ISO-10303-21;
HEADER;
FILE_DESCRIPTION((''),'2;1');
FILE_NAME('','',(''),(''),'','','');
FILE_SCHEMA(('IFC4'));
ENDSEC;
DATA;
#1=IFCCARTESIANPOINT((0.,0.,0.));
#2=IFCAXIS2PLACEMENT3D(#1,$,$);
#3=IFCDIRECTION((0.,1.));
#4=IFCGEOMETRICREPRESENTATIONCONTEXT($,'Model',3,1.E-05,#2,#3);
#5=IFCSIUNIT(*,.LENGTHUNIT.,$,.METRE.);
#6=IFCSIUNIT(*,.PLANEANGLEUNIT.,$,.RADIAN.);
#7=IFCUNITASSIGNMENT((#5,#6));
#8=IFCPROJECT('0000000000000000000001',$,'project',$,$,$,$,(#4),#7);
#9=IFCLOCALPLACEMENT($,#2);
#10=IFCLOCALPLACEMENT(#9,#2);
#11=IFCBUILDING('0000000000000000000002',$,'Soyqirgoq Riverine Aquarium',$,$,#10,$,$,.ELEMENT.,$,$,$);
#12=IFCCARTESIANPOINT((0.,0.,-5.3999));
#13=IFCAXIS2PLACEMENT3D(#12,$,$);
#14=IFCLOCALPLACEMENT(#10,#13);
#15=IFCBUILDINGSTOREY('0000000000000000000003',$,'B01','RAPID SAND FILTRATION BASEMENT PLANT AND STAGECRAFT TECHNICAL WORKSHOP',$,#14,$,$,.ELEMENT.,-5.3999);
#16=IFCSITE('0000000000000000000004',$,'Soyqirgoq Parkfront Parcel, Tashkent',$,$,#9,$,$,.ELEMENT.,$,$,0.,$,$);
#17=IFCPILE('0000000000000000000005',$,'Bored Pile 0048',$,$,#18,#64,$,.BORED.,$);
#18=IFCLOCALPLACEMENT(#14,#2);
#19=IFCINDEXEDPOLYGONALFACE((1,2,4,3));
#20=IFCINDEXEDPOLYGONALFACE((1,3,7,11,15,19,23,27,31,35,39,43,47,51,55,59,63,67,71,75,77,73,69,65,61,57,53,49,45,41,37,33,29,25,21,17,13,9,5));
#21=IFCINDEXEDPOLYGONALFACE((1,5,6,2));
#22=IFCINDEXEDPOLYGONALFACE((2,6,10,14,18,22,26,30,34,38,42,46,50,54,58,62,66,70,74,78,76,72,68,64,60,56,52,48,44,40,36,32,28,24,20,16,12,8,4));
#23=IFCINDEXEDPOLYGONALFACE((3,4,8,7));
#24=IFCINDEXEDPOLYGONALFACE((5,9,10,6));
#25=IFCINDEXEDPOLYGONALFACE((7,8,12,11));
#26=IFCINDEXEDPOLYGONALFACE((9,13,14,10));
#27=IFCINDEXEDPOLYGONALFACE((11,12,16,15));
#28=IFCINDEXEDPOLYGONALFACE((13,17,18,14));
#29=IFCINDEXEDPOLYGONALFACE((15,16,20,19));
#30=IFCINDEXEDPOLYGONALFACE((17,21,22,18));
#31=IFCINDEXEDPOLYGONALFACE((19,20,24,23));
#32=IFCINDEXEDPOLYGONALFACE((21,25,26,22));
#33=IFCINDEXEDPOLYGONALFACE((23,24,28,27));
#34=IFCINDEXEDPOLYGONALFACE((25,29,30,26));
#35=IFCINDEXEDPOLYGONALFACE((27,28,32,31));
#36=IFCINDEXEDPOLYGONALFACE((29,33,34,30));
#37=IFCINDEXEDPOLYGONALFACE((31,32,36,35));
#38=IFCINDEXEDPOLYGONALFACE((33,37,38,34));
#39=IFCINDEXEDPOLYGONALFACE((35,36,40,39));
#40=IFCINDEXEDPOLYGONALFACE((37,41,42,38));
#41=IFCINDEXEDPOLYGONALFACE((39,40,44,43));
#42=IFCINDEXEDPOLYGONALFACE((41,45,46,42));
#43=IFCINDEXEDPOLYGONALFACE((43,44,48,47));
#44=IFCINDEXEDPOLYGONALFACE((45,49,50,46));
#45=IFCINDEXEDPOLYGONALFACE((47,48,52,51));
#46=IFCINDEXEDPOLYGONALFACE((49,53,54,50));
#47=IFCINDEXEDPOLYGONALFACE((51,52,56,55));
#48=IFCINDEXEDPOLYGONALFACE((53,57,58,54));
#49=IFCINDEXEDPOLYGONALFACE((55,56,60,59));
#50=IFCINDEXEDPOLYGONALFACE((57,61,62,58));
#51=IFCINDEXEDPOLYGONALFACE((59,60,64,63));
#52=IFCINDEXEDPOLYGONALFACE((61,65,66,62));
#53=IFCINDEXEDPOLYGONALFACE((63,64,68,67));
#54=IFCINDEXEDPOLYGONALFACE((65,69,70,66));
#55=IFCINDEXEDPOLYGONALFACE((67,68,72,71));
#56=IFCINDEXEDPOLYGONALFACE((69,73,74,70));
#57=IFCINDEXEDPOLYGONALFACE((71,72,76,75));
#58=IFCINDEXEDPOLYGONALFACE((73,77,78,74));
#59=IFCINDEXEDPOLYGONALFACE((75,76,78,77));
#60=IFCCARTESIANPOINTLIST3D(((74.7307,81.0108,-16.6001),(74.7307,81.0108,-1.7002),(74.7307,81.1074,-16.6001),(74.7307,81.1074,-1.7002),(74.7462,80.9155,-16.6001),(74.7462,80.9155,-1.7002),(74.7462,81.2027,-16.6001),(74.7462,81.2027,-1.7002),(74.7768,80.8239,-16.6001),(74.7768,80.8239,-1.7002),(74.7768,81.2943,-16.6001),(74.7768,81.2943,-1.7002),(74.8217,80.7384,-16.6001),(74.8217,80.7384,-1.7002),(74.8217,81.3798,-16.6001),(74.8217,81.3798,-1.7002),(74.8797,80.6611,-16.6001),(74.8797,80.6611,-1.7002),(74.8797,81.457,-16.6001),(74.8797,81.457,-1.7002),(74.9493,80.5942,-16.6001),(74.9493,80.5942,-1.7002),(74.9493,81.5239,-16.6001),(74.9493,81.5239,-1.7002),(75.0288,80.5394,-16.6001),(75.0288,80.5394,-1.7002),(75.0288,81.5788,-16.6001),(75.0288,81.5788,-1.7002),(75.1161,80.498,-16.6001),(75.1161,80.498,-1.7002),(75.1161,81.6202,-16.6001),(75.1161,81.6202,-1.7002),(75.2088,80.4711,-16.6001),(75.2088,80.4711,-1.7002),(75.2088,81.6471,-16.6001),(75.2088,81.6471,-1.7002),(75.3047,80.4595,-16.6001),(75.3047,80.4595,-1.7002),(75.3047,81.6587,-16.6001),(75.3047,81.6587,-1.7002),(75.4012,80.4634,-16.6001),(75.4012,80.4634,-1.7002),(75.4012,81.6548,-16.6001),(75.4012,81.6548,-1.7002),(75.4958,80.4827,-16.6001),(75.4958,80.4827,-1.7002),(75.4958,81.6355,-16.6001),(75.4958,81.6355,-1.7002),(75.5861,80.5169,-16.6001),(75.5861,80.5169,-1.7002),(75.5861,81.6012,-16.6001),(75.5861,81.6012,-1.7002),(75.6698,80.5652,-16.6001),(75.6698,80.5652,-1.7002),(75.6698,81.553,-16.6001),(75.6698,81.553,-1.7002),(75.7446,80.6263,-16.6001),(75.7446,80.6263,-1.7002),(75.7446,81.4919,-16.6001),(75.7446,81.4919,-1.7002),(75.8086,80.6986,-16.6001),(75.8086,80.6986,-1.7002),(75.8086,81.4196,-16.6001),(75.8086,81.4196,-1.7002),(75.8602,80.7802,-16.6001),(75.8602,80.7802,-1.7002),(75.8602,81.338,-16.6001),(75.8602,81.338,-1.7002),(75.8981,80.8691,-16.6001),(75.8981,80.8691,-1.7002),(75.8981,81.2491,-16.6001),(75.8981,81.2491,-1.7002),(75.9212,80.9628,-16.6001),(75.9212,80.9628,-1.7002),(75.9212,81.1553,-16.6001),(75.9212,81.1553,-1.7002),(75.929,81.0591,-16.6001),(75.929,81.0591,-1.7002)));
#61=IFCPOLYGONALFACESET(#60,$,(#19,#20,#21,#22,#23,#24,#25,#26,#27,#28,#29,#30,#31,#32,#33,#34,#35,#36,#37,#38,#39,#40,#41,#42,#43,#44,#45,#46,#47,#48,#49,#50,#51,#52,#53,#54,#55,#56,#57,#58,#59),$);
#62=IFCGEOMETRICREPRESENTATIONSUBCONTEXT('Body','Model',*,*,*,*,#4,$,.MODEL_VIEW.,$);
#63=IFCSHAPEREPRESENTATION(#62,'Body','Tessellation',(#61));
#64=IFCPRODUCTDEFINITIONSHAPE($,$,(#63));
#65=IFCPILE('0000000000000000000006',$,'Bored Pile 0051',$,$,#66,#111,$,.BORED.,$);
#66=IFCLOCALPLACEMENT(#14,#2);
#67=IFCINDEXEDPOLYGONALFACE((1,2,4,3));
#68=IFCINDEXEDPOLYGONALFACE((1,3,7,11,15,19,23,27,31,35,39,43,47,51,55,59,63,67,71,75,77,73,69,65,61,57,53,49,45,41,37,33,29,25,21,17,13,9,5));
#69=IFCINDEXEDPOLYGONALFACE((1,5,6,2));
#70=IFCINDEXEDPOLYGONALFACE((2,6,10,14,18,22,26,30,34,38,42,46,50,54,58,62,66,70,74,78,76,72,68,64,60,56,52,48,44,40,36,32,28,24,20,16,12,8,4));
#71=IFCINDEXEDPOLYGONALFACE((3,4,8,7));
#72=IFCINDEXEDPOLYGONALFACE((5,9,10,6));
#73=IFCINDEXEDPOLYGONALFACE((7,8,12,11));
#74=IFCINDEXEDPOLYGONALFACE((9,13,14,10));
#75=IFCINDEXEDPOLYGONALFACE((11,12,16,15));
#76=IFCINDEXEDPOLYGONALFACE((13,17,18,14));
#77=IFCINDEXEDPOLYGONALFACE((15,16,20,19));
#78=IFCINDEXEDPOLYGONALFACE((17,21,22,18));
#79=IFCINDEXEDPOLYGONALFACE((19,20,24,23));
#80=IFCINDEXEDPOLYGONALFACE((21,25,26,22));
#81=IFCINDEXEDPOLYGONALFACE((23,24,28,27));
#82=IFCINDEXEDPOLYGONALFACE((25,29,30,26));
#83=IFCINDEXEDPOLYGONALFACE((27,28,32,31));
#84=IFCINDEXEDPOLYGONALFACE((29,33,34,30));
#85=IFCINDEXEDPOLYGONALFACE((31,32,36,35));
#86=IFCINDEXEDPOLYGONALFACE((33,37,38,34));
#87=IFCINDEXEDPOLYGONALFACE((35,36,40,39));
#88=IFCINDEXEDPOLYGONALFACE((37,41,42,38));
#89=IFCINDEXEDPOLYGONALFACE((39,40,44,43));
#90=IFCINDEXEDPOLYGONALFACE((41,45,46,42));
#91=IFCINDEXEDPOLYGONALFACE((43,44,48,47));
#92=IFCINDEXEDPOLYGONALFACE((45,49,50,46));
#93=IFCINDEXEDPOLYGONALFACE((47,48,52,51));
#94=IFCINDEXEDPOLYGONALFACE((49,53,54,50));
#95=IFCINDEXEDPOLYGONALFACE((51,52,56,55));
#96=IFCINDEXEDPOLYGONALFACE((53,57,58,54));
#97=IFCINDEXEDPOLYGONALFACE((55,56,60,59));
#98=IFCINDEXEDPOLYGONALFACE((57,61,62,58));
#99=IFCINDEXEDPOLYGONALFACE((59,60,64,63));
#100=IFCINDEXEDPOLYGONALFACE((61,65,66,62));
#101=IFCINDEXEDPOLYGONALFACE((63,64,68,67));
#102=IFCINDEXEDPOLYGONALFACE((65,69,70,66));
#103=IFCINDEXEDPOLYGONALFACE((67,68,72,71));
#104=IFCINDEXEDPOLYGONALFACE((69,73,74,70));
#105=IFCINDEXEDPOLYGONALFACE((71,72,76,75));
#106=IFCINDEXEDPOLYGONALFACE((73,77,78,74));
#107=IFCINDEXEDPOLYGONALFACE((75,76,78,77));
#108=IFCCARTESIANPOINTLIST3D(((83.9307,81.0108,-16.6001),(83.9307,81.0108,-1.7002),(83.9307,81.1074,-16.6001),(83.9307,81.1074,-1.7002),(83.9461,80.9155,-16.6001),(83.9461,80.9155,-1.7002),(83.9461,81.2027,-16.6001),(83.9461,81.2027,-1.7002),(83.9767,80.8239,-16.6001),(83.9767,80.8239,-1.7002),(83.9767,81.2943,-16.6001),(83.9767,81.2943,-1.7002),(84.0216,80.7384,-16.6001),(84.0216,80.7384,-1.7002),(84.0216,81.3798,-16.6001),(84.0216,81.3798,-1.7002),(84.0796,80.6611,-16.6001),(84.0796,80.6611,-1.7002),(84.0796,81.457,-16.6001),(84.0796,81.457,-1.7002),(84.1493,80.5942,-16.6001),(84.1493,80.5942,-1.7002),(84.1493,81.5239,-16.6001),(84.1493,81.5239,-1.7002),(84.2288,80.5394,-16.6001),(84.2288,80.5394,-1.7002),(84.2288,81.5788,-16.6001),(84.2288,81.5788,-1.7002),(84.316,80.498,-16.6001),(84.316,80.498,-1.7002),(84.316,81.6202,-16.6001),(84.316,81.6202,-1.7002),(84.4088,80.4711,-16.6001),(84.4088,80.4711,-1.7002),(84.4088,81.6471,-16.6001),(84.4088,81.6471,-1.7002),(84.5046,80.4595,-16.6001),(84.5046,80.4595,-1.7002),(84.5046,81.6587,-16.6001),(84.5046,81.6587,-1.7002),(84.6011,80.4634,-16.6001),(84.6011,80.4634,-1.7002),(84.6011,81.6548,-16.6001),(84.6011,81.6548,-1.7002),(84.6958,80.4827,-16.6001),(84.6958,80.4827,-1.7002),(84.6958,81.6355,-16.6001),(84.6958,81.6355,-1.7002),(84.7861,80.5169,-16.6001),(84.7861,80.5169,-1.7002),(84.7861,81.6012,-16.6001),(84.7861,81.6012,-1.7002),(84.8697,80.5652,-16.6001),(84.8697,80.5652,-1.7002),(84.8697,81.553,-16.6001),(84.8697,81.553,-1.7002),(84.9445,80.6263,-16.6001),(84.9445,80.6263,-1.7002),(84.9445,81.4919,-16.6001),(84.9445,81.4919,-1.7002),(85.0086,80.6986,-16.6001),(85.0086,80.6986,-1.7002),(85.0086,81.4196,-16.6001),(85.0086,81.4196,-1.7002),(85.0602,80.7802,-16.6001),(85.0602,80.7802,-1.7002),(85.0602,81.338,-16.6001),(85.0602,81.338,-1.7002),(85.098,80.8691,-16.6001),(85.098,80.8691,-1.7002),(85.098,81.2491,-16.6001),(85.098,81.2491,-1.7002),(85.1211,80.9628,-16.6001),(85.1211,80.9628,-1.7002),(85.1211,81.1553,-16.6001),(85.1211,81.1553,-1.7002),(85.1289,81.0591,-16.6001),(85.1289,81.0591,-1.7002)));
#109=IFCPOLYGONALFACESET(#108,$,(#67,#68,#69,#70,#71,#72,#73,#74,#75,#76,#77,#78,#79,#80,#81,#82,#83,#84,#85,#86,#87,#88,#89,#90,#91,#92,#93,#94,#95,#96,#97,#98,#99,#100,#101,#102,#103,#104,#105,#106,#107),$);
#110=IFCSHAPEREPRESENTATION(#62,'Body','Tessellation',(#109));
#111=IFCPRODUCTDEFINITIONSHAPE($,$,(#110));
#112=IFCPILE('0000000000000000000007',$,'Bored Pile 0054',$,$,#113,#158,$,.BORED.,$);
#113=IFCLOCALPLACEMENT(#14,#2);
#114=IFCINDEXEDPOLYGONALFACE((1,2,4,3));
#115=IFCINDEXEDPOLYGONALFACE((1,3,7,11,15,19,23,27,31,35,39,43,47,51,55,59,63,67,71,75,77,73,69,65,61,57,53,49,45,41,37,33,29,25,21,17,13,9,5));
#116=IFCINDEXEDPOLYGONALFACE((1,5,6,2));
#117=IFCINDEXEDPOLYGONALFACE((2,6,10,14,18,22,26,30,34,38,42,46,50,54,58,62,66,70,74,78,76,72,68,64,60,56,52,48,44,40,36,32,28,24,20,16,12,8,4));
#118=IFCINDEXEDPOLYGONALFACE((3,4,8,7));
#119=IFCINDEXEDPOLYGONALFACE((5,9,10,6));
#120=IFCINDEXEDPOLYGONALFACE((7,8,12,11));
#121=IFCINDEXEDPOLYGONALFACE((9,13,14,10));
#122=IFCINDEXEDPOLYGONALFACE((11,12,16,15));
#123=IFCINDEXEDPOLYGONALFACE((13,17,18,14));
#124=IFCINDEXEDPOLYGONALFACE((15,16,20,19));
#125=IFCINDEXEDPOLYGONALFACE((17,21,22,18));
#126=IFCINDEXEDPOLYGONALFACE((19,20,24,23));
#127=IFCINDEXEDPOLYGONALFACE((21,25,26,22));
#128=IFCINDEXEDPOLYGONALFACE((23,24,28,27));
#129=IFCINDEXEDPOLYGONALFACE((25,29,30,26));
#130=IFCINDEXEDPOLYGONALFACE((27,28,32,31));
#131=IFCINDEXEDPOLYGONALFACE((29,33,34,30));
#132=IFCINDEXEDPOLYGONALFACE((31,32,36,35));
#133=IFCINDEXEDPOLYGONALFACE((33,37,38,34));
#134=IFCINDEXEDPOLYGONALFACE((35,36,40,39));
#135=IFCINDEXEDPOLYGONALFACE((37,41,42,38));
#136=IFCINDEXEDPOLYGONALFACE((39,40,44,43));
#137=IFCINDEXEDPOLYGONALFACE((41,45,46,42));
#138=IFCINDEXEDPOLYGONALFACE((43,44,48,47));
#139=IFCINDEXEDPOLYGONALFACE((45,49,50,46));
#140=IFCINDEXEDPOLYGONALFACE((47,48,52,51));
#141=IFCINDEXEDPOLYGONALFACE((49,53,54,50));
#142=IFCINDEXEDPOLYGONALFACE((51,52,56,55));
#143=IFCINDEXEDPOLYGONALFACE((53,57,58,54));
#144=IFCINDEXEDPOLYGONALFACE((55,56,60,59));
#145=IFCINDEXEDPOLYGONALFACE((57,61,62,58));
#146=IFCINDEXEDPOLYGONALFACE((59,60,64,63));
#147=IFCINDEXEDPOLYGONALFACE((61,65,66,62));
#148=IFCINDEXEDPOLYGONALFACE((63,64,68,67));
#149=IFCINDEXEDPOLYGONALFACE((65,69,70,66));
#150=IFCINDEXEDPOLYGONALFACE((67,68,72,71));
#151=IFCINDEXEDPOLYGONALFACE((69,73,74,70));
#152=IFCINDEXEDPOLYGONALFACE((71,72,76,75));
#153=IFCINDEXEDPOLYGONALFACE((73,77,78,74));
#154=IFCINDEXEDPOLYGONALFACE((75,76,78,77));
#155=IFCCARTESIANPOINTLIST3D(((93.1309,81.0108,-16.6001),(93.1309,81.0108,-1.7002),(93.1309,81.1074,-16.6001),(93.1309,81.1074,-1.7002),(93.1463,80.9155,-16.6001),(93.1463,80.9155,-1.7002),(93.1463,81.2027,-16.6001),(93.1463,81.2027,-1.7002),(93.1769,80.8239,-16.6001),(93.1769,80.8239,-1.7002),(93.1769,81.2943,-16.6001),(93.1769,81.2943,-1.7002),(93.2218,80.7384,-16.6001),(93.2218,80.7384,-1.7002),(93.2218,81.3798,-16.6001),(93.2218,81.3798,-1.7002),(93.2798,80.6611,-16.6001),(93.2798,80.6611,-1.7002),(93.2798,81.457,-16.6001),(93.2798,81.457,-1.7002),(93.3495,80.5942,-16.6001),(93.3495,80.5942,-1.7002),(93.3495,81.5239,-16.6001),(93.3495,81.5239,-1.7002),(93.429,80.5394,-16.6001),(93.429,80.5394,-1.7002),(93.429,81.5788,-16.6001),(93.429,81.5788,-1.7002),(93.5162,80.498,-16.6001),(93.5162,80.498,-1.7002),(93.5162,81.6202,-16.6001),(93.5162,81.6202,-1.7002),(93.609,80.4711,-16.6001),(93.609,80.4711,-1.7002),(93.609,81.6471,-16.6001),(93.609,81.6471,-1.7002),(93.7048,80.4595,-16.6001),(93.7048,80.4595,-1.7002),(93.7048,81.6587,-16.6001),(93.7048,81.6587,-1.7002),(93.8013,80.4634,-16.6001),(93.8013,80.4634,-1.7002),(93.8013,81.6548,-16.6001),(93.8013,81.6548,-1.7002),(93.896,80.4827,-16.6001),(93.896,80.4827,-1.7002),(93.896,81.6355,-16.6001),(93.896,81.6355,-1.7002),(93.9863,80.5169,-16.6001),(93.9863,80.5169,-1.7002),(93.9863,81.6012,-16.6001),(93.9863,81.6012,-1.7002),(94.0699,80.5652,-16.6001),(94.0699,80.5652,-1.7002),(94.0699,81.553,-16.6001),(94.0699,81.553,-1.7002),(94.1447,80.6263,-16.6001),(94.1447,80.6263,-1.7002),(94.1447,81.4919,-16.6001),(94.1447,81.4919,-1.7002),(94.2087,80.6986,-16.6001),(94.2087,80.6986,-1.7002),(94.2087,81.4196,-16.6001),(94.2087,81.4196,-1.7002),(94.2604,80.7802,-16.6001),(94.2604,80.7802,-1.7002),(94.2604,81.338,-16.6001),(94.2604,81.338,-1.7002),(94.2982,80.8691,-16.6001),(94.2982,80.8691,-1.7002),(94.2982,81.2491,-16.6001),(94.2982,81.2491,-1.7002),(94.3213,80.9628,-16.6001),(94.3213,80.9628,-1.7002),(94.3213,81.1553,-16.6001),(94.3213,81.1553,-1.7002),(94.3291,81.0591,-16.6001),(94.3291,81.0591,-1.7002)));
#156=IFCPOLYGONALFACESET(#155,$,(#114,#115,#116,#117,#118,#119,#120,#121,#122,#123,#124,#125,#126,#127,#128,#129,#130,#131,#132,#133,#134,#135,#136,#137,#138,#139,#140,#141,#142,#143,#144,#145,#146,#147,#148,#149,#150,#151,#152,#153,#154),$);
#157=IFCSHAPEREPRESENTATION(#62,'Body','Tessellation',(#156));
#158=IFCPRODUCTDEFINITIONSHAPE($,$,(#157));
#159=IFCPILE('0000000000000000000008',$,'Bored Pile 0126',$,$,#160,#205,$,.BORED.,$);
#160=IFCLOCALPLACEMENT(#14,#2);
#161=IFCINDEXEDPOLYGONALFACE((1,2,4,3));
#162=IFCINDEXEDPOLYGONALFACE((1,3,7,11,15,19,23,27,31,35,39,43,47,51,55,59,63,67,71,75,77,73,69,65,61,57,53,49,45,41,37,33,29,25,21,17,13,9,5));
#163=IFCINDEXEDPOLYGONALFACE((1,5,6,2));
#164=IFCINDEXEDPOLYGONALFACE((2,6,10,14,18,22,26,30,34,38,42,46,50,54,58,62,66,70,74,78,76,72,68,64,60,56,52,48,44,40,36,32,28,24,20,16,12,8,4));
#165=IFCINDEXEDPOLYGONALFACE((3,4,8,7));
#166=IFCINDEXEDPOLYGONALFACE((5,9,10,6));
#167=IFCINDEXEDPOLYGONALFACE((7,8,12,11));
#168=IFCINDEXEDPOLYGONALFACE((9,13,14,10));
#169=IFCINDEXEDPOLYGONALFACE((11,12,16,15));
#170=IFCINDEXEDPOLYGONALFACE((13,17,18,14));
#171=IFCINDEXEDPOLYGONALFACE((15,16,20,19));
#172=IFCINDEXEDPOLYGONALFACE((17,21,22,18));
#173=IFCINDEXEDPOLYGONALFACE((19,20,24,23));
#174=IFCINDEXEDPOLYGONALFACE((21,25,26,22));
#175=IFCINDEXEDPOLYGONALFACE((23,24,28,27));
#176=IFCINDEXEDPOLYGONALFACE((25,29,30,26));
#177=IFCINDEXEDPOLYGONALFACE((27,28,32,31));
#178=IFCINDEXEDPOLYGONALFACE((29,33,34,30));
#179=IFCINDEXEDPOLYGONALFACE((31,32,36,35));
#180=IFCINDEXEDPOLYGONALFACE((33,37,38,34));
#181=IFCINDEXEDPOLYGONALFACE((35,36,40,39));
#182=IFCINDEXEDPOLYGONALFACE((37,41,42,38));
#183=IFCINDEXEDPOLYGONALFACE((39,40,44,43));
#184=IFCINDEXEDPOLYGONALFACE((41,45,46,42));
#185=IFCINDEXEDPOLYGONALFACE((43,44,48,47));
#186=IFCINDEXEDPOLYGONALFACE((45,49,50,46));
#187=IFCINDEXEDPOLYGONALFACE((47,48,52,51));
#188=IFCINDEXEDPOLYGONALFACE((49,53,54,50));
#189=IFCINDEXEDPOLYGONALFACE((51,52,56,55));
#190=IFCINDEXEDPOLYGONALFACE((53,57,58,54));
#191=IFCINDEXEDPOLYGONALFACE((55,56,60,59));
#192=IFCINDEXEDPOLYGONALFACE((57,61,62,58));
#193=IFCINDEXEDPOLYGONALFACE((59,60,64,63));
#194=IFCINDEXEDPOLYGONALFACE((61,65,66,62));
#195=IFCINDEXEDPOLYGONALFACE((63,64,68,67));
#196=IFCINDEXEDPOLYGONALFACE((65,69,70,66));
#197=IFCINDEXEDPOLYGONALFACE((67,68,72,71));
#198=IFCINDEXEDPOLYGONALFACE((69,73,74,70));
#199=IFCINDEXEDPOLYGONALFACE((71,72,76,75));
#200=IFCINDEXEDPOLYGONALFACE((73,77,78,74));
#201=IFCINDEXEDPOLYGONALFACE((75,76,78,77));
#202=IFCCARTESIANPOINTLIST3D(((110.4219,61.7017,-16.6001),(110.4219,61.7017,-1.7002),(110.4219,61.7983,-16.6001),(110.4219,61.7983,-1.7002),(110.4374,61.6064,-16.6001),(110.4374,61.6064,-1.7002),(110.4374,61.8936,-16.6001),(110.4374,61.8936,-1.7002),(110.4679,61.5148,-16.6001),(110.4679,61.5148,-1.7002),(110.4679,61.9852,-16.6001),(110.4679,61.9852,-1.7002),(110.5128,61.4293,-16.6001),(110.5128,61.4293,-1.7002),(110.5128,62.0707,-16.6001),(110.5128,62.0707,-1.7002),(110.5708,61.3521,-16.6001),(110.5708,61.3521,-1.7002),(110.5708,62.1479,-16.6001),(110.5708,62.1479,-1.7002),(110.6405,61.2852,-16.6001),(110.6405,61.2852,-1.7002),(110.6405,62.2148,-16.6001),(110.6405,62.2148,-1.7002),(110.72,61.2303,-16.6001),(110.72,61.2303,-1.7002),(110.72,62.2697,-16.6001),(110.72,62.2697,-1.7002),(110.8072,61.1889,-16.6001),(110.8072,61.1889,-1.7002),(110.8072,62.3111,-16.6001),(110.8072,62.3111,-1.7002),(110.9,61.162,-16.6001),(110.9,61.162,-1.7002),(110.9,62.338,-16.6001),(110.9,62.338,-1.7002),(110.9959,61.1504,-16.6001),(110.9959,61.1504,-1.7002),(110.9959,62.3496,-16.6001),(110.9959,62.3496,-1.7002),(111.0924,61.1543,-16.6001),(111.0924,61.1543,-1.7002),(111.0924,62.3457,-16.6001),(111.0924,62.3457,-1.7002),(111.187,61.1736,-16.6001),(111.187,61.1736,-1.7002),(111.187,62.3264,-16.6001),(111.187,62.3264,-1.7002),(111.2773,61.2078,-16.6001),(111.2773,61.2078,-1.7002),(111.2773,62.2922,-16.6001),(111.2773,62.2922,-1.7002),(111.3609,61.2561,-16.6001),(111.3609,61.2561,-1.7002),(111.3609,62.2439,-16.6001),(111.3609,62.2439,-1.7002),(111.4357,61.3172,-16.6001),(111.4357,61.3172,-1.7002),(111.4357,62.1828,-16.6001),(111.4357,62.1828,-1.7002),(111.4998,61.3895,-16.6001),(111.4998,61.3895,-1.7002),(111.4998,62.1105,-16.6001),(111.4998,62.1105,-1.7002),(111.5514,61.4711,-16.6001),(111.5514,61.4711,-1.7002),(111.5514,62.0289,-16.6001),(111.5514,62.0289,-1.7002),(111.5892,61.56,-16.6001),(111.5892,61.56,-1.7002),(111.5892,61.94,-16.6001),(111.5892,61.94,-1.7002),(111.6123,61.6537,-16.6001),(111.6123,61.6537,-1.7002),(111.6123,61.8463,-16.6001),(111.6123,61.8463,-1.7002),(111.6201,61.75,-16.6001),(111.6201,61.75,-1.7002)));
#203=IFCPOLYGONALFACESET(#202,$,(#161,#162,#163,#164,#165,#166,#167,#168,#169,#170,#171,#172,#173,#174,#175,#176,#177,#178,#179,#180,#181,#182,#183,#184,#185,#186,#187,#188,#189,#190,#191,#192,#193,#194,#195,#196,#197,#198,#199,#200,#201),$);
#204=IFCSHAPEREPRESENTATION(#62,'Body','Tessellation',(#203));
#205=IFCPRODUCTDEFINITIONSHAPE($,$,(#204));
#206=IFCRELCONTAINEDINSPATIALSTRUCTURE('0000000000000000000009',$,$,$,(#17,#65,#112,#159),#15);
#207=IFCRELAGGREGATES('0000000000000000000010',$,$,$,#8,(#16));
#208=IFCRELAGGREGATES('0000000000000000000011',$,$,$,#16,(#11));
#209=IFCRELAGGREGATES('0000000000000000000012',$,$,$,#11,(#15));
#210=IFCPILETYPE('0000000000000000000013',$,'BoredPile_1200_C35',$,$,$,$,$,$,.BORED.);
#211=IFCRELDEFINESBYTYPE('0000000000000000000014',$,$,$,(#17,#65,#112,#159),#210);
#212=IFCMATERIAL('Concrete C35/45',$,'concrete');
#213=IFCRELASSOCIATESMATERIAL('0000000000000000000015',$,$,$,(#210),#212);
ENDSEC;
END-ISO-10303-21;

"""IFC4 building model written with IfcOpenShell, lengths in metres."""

from ifc_helpers import new_model, si_unit, direction, frame, origin, origin_2d, place, context, subcontext, project, spatial, circle, extrude, material, material_profile, profile_set, type_object, element, save


model = new_model("IFC4")

# Units and contexts
model_context = context("Model", 3, precision=1e-05, world=origin(), true_north=direction((0.0, 1.0)))
body_context = subcontext(model_context, "Body", "Model", "MODEL_VIEW")
ifc_project = project(units=[si_unit("LENGTHUNIT", "METRE"), si_unit("PLANEANGLEUNIT", "RADIAN")], contexts=[model_context])

# Site, building, storey
site_placement = place(None, origin())
site = spatial("IfcSite", under=ifc_project, at=site_placement, Name="Soyqirgoq Parkfront Parcel, Tashkent", CompositionType="ELEMENT", RefElevation=0.0)
building_placement = place(site_placement, origin())
building = spatial("IfcBuilding", under=site, at=building_placement, Name="Soyqirgoq Riverine Aquarium", CompositionType="ELEMENT")
storey_placement = place(building_placement, frame((0.0, 0.0, -5.3999)))
storey = spatial("IfcBuildingStorey", under=building, at=storey_placement, Name="B01", Description="RAPID SAND FILTRATION BASEMENT PLANT AND STAGECRAFT TECHNICAL WORKSHOP", CompositionType="ELEMENT", Elevation=-5.3999)

# Piles
ifc_material_1 = material(Name="Concrete C35/45", Category="concrete")
ifc_material_profile_1 = material_profile(ifc_material_1, circle(Radius=0.6001, at=origin_2d()), Name="BP D1200")
ifc_profile_set_1 = profile_set([ifc_material_profile_1], Name="Concrete C35/45")
pile_type_1 = type_object("IfcPileType", Name="BoredPile_1200_C35", PredefinedType="BORED", material=ifc_profile_set_1)
for number, where, z_axis, x_axis, name in (
    (1, (75.3289, 81.0591, -1.7002), (0.0, 0.0, -1.0), (1.0, 0.0, 0.0), "Bored Pile 0048"),
    (2, (84.5288, 81.0591, -1.7002), (0.0, 0.0, -1.0), (1.0, 0.0, 0.0), "Bored Pile 0051"),
    (3, (93.729, 81.0591, -1.7002), (0.0, 0.0, -1.0), (1.0, 0.0, 0.0), "Bored Pile 0054"),
    (4, (111.02, 61.75, -1.7002), (0.0, 0.0, -1.0), (1.0, 0.0, 0.0), "Bored Pile 0126"),
):
    element("IfcPile", number, at=place(storey_placement, frame(where, z_axis=z_axis, x_axis=x_axis)), inside=storey, type_object=pile_type_1, Name=name, PredefinedType="BORED", context=body_context, shape_type="SweptSolid", body=[
        extrude(circle(Radius=0.6001, at=origin_2d()), origin(), (0.0, 0.0, 1.0), 14.8999),
    ])

save(model, "model.ifc")
